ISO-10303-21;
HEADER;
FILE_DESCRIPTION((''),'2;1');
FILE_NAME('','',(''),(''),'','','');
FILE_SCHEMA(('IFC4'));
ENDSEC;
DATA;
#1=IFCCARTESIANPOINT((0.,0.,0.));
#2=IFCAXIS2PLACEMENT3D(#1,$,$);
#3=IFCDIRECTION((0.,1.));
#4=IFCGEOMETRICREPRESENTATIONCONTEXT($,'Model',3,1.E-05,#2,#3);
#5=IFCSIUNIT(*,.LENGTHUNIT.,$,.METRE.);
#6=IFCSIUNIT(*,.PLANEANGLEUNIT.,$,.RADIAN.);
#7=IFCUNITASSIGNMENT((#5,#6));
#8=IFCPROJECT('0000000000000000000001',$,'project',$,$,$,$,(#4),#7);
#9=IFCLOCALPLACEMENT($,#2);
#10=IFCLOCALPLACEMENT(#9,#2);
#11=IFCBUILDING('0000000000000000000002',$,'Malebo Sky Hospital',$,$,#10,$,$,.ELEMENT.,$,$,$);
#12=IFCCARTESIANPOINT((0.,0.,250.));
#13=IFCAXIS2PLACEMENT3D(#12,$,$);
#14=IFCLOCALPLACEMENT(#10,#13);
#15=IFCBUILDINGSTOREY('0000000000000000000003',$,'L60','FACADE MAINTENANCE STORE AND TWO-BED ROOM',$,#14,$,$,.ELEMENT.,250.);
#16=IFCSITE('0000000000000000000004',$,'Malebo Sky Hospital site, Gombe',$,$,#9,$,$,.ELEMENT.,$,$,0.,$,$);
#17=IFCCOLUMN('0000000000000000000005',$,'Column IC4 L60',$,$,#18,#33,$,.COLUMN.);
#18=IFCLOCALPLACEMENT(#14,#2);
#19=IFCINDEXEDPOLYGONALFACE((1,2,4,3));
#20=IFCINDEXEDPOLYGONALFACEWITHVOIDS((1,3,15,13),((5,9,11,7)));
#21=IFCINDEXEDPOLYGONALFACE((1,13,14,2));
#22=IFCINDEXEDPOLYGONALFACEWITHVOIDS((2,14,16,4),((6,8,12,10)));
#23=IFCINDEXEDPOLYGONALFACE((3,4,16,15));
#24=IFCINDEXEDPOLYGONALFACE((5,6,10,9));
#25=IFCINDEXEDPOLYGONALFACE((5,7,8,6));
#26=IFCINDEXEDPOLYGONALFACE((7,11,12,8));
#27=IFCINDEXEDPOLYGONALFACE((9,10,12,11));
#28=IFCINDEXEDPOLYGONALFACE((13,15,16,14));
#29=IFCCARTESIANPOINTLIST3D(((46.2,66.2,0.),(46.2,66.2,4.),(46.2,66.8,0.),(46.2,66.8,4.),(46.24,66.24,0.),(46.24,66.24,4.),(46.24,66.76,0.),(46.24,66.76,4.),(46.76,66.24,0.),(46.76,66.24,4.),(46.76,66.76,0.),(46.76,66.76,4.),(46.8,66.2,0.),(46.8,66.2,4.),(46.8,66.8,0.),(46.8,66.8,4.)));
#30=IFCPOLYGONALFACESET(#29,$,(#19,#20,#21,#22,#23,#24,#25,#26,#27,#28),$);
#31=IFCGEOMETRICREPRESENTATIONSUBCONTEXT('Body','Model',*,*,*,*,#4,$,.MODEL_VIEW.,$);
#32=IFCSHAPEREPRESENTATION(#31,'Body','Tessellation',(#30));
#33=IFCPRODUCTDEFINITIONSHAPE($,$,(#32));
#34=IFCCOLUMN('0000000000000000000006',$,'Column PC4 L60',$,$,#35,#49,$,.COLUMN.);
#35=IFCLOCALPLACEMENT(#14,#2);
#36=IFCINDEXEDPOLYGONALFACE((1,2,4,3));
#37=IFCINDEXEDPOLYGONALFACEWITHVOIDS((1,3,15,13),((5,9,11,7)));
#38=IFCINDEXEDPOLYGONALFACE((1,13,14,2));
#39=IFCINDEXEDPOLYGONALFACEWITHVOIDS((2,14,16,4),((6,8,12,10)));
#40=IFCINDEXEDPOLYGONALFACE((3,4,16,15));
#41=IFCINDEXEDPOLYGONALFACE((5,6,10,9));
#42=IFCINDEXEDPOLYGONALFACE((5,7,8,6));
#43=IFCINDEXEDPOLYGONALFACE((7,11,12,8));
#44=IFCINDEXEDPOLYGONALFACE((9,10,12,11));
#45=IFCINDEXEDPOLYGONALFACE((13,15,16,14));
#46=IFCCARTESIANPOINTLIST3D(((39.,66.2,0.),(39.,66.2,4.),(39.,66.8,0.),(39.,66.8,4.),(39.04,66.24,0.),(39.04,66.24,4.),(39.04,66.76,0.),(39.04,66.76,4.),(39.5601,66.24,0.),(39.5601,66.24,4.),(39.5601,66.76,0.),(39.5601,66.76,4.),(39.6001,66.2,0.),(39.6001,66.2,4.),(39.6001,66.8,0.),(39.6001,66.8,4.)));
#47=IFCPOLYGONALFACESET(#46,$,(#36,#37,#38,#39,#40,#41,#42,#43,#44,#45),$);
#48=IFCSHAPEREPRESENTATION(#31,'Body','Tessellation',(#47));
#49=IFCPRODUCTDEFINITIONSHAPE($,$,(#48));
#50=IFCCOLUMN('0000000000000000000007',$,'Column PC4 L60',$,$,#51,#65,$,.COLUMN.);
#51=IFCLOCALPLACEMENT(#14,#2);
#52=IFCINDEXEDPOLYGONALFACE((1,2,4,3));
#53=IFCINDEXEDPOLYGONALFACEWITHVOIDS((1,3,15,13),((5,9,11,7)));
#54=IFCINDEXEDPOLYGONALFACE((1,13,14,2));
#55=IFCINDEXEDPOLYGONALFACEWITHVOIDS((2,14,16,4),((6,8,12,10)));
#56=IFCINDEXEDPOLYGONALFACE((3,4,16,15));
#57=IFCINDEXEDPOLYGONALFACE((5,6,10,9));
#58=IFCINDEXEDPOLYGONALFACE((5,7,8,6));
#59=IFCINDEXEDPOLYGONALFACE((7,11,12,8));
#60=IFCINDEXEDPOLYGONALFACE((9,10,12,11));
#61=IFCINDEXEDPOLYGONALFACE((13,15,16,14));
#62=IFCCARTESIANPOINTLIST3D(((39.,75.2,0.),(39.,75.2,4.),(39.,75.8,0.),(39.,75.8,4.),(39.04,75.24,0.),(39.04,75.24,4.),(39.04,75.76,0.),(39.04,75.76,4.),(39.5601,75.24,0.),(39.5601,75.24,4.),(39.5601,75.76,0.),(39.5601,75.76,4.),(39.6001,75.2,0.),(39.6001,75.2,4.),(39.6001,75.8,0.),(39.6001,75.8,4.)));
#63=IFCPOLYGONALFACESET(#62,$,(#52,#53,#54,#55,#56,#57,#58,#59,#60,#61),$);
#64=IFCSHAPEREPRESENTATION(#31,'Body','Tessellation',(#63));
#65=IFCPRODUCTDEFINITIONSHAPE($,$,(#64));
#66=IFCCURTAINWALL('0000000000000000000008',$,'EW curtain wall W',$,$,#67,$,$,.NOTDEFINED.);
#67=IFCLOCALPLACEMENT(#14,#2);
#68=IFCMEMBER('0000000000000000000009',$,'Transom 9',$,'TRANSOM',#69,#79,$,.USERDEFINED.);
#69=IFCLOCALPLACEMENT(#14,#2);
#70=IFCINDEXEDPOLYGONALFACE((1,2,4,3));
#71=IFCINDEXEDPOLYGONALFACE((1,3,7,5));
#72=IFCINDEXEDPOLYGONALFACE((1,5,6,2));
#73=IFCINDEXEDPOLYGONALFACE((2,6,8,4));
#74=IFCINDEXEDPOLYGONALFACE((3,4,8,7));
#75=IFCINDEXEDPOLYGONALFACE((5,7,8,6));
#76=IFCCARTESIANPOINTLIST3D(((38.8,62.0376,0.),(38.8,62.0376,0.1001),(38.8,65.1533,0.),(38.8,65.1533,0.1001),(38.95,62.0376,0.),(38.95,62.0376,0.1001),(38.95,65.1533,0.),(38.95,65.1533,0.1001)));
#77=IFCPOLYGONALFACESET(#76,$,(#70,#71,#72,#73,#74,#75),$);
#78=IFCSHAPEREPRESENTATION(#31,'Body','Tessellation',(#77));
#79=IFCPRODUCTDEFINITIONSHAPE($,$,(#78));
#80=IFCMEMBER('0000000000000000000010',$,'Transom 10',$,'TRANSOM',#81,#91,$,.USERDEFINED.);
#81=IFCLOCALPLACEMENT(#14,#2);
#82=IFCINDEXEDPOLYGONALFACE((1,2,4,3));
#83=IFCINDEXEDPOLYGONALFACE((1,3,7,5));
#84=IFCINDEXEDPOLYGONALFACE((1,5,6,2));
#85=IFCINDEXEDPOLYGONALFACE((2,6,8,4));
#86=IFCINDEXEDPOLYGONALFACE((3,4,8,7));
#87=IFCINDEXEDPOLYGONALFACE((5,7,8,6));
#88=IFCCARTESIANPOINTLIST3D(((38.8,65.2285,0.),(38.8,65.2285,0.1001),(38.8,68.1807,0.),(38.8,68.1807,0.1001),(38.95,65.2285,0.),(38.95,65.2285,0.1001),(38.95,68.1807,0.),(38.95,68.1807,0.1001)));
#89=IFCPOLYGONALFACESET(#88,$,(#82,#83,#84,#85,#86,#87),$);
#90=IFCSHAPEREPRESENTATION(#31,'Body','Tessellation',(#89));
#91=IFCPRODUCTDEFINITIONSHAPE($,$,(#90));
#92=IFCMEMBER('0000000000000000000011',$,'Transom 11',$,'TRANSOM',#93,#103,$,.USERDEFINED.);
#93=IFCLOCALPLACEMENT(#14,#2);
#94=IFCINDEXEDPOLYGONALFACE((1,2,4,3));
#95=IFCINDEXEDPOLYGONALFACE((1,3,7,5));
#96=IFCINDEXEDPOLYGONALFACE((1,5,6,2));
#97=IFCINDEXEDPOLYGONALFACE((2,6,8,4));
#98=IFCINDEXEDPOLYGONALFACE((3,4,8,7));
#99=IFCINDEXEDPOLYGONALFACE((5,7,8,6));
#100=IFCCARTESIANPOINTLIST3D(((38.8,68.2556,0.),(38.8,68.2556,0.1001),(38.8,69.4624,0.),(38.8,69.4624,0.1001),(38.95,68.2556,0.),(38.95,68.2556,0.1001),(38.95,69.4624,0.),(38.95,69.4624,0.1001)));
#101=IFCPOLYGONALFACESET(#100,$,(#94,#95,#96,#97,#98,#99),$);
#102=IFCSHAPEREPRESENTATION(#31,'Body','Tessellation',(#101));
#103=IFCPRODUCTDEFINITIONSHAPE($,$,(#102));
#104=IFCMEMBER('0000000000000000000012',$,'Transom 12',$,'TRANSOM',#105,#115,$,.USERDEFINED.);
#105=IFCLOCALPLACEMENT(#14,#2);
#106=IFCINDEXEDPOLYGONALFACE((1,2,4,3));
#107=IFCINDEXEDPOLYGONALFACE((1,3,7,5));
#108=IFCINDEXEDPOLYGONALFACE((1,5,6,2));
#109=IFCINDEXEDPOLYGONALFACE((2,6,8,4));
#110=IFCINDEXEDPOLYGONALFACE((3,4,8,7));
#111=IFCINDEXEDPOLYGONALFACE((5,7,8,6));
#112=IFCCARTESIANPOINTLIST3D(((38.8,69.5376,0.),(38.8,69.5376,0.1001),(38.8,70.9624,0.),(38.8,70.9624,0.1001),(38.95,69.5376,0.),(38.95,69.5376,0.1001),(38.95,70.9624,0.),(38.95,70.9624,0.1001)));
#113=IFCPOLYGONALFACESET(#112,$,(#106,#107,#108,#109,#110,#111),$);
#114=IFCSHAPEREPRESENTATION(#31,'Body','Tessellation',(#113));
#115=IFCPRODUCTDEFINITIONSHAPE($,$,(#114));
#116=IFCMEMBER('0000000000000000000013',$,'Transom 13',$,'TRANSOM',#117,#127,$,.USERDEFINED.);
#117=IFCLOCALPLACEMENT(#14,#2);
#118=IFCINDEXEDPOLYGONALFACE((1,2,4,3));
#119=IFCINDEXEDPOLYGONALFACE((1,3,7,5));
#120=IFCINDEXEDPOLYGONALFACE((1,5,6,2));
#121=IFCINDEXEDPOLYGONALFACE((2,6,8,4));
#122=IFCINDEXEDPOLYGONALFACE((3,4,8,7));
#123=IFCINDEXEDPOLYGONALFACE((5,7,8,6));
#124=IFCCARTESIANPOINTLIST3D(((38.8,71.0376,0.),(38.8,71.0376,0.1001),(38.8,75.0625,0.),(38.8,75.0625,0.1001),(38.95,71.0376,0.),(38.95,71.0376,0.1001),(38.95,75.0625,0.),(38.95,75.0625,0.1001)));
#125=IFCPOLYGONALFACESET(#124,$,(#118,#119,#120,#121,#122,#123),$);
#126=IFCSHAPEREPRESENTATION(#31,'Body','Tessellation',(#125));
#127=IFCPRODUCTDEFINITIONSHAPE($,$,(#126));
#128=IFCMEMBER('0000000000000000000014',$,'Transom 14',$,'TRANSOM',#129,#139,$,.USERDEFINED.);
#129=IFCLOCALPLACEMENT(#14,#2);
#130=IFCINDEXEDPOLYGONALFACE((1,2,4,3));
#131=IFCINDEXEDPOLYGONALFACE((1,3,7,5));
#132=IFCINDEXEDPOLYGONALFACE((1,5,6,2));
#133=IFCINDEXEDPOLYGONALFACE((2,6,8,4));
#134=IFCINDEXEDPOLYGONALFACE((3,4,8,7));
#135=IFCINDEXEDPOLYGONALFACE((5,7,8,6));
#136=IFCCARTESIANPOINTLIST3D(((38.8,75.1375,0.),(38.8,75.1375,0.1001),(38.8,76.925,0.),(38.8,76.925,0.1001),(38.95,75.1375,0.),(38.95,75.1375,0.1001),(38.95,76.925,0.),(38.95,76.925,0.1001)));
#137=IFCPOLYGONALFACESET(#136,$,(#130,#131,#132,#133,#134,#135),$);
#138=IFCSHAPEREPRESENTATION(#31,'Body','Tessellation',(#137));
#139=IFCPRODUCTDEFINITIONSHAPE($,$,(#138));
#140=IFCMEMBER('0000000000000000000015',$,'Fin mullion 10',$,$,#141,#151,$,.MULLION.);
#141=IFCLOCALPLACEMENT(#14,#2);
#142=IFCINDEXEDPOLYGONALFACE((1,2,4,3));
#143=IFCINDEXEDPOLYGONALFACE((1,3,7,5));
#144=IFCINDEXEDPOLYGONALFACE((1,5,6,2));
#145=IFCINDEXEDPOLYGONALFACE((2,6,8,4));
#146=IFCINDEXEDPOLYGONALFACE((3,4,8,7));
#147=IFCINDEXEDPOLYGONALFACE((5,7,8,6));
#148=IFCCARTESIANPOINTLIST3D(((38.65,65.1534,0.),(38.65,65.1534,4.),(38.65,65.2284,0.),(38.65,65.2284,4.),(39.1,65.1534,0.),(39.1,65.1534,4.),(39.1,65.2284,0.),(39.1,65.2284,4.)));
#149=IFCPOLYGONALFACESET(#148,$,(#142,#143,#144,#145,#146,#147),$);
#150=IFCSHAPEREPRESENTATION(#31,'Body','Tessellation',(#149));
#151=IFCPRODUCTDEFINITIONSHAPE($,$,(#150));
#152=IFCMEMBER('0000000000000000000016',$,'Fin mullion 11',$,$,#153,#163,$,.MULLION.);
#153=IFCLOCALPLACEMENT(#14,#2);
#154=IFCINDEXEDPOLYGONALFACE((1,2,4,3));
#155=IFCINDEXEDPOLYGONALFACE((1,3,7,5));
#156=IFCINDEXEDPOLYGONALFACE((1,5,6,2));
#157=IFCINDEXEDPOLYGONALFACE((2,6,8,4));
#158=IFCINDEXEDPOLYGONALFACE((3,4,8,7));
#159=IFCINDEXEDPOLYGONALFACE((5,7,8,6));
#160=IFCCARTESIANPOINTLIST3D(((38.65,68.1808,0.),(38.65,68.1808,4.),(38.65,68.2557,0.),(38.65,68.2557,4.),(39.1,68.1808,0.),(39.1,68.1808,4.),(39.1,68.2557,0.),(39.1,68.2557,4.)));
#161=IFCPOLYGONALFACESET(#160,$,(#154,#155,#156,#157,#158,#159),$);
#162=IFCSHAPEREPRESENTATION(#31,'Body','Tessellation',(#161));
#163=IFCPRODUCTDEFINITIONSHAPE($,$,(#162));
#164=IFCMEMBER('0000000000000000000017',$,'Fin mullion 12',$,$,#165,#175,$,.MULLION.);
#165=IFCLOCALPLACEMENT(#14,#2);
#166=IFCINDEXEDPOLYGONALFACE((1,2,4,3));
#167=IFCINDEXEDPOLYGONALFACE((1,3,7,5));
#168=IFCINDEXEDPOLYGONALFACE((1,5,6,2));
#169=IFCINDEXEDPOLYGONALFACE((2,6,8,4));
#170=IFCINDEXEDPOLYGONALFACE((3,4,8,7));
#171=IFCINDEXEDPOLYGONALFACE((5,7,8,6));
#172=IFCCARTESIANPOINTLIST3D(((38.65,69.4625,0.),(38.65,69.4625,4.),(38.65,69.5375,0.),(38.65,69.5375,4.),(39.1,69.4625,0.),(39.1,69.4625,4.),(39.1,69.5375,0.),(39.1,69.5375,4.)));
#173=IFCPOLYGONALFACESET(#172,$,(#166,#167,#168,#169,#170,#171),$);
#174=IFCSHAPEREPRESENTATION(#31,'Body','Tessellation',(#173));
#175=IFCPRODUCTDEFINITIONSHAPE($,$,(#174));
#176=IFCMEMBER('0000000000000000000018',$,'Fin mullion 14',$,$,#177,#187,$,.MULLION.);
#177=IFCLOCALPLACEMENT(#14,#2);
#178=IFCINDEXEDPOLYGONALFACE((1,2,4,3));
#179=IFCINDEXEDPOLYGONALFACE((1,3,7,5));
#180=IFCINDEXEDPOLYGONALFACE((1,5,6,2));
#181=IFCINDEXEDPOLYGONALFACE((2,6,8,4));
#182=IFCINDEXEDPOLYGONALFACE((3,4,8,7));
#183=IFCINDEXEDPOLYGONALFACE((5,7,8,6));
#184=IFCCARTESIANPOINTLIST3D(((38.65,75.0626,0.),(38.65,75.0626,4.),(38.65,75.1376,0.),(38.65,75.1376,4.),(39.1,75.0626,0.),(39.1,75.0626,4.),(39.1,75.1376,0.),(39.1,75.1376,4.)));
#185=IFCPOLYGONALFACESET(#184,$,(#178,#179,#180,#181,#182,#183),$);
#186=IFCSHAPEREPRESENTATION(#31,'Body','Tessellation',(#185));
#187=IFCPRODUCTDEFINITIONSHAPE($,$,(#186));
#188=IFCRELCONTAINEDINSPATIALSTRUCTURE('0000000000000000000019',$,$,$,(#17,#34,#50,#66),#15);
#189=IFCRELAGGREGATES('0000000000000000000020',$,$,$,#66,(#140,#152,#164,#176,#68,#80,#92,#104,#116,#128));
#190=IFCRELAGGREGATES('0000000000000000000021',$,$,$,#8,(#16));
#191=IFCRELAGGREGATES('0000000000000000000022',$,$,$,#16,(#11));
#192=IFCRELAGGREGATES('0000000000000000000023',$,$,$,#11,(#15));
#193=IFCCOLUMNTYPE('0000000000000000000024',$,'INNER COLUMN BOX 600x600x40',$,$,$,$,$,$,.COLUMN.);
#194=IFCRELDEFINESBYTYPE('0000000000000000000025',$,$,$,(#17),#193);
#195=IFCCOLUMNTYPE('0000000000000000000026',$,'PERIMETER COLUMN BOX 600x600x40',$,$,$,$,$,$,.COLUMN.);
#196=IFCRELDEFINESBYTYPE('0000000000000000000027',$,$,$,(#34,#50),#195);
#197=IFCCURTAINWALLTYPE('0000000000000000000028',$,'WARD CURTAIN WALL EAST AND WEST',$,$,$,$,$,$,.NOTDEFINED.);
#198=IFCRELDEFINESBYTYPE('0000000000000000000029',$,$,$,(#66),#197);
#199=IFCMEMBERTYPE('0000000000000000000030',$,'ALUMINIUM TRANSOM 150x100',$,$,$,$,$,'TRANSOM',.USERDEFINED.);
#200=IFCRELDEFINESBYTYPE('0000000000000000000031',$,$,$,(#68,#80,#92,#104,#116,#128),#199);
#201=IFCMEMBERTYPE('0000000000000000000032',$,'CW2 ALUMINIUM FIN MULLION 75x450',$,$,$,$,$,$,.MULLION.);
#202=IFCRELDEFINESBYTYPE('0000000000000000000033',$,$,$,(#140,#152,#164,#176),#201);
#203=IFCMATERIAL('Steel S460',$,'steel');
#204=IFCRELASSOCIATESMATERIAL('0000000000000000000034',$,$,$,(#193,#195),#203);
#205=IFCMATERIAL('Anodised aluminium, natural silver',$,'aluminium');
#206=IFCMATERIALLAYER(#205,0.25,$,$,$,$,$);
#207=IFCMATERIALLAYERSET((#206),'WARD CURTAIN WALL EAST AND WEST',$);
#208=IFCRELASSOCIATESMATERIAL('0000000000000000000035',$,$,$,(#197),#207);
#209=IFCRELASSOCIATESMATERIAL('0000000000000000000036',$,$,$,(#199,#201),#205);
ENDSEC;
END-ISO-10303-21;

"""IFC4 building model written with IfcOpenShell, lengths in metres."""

from ifc_helpers import new_model, si_unit, direction, frame, origin, origin_2d, place, context, subcontext, project, spatial, rectangle, hollow_rectangle, extrude, material, layer, layer_set, material_profile, profile_set, type_object, element, aggregate, save


model = new_model("IFC4")

# Units and contexts
model_context = context("Model", 3, precision=1e-05, world=origin(), true_north=direction((0.0, 1.0)))
body_context = subcontext(model_context, "Body", "Model", "MODEL_VIEW")
ifc_project = project(units=[si_unit("LENGTHUNIT", "METRE"), si_unit("PLANEANGLEUNIT", "RADIAN")], contexts=[model_context])

# Site, building, storey
site_placement = place(None, origin())
site = spatial("IfcSite", under=ifc_project, at=site_placement, Name="Malebo Sky Hospital site, Gombe", CompositionType="ELEMENT", RefElevation=0.0)
building_placement = place(site_placement, origin())
building = spatial("IfcBuilding", under=site, at=building_placement, Name="Malebo Sky Hospital", CompositionType="ELEMENT")
storey_placement = place(building_placement, frame((0.0, 0.0, 250.0)))
storey = spatial("IfcBuildingStorey", under=building, at=storey_placement, Name="L60", Description="FACADE MAINTENANCE STORE AND TWO-BED ROOM", CompositionType="ELEMENT", Elevation=250.0)

# Columns
ifc_material_1 = material(Name="Steel S460", Category="steel")
ifc_material_profile_1 = material_profile(ifc_material_1, hollow_rectangle(XDim=0.6001, YDim=0.6001, WallThickness=0.04, at=origin_2d()), Name="BOX 600x600x40")
ifc_profile_set_1 = profile_set([ifc_material_profile_1], Name="Steel S460")
column_type_1 = type_object("IfcColumnType", Name="INNER COLUMN BOX 600x600x40", PredefinedType="COLUMN", material=ifc_profile_set_1)
column_placement = place(storey_placement, frame((46.5, 66.5, 0.0), z_axis=(0.0, 0.0, 1.0), x_axis=(1.0, 0.0, 0.0)))
element("IfcColumn", 1, at=column_placement, inside=storey, type_object=column_type_1, Name="Column IC4 L60", PredefinedType="COLUMN", context=body_context, shape_type="SweptSolid", body=[
    extrude(hollow_rectangle(XDim=0.6001, YDim=0.6001, WallThickness=0.04, at=origin_2d()), origin(), (0.0, 0.0, 1.0), 4.0),
])
ifc_material_profile_2 = material_profile(ifc_material_1, hollow_rectangle(XDim=0.6001, YDim=0.6001, WallThickness=0.04, at=origin_2d()), Name="BOX 600x600x40")
ifc_profile_set_2 = profile_set([ifc_material_profile_2], Name="Steel S460")
column_type_2 = type_object("IfcColumnType", Name="PERIMETER COLUMN BOX 600x600x40", PredefinedType="COLUMN", material=ifc_profile_set_2)
for number, where, z_axis, x_axis, name in (
    (2, (39.3, 66.5, 0.0), (0.0, 0.0, 1.0), (1.0, 0.0, 0.0), "Column PC4 L60"),
    (3, (39.3, 75.5, 0.0), (0.0, 0.0, 1.0), (1.0, 0.0, 0.0), "Column PC4 L60"),
):
    element("IfcColumn", number, at=place(storey_placement, frame(where, z_axis=z_axis, x_axis=x_axis)), inside=storey, type_object=column_type_2, Name=name, PredefinedType="COLUMN", context=body_context, shape_type="SweptSolid", body=[
        extrude(hollow_rectangle(XDim=0.6001, YDim=0.6001, WallThickness=0.04, at=origin_2d()), origin(), (0.0, 0.0, 1.0), 4.0),
    ])

# Curtain wall, members
ifc_material_2 = material(Name="Anodised aluminium, natural silver", Category="aluminium")
ifc_layer_1 = layer(ifc_material_2, 0.25)
ifc_layer_set_1 = layer_set([ifc_layer_1], Name="WARD CURTAIN WALL EAST AND WEST")
curtain_wall_type = type_object("IfcCurtainWallType", Name="WARD CURTAIN WALL EAST AND WEST", PredefinedType="NOTDEFINED", material=ifc_layer_set_1)
curtain_wall_placement = place(storey_placement, origin())
curtain_wall = element("IfcCurtainWall", 4, at=curtain_wall_placement, inside=storey, type_object=curtain_wall_type, Name="EW curtain wall W", PredefinedType="NOTDEFINED")
ifc_material_profile_3 = material_profile(ifc_material_2, rectangle(XDim=0.1499, YDim=0.1001, at=origin_2d()), Name="ALUMINIUM TRANSOM 150x100")
ifc_profile_set_3 = profile_set([ifc_material_profile_3], Name="Anodised aluminium, natural silver")
member_type_1 = type_object("IfcMemberType", Name="ALUMINIUM TRANSOM 150x100", ElementType="TRANSOM", PredefinedType="USERDEFINED", material=ifc_profile_set_3)
member_1_placement = place(storey_placement, frame((38.875, 62.0376, 0.05), z_axis=(0.0, 1.0, 0.0), x_axis=(-1.0, 0.0, 0.0)))
member_1 = element("IfcMember", 5, at=member_1_placement, type_object=member_type_1, Name="Transom 9", ObjectType="TRANSOM", PredefinedType="USERDEFINED", context=body_context, shape_type="SweptSolid", body=[
    extrude(rectangle(XDim=0.1499, YDim=0.1001, at=origin_2d()), origin(), (0.0, 0.0, 1.0), 3.1157),
])
member_2_placement = place(storey_placement, frame((38.875, 65.2285, 0.05), z_axis=(0.0, 1.0, 0.0), x_axis=(-1.0, 0.0, 0.0)))
member_2 = element("IfcMember", 6, at=member_2_placement, type_object=member_type_1, Name="Transom 10", ObjectType="TRANSOM", PredefinedType="USERDEFINED", context=body_context, shape_type="SweptSolid", body=[
    extrude(rectangle(XDim=0.1499, YDim=0.1001, at=origin_2d()), origin(), (0.0, 0.0, 1.0), 2.9521),
])
member_3_placement = place(storey_placement, frame((38.875, 68.2556, 0.05), z_axis=(0.0, 1.0, 0.0), x_axis=(-1.0, 0.0, 0.0)))
member_3 = element("IfcMember", 7, at=member_3_placement, type_object=member_type_1, Name="Transom 11", ObjectType="TRANSOM", PredefinedType="USERDEFINED", context=body_context, shape_type="SweptSolid", body=[
    extrude(rectangle(XDim=0.1499, YDim=0.1001, at=origin_2d()), origin(), (0.0, 0.0, 1.0), 1.2068),
])
member_4_placement = place(storey_placement, frame((38.875, 69.5376, 0.05), z_axis=(0.0, 1.0, 0.0), x_axis=(-1.0, 0.0, 0.0)))
member_4 = element("IfcMember", 8, at=member_4_placement, type_object=member_type_1, Name="Transom 12", ObjectType="TRANSOM", PredefinedType="USERDEFINED", context=body_context, shape_type="SweptSolid", body=[
    extrude(rectangle(XDim=0.1499, YDim=0.1001, at=origin_2d()), origin(), (0.0, 0.0, 1.0), 1.4248),
])
member_5_placement = place(storey_placement, frame((38.875, 71.0376, 0.05), z_axis=(0.0, 1.0, 0.0), x_axis=(-1.0, 0.0, 0.0)))
member_5 = element("IfcMember", 9, at=member_5_placement, type_object=member_type_1, Name="Transom 13", ObjectType="TRANSOM", PredefinedType="USERDEFINED", context=body_context, shape_type="SweptSolid", body=[
    extrude(rectangle(XDim=0.1499, YDim=0.1001, at=origin_2d()), origin(), (0.0, 0.0, 1.0), 4.0249),
])
member_6_placement = place(storey_placement, frame((38.875, 75.1375, 0.05), z_axis=(0.0, 1.0, 0.0), x_axis=(-1.0, 0.0, 0.0)))
member_6 = element("IfcMember", 10, at=member_6_placement, type_object=member_type_1, Name="Transom 14", ObjectType="TRANSOM", PredefinedType="USERDEFINED", context=body_context, shape_type="SweptSolid", body=[
    extrude(rectangle(XDim=0.1499, YDim=0.1001, at=origin_2d()), origin(), (0.0, 0.0, 1.0), 1.7876),
])
ifc_material_profile_4 = material_profile(ifc_material_2, rectangle(XDim=0.075, YDim=0.45, at=origin_2d()), Name="CW2 ALUMINIUM FIN MULLION 75x450")
ifc_profile_set_4 = profile_set([ifc_material_profile_4], Name="Anodised aluminium, natural silver")
member_type_2 = type_object("IfcMemberType", Name="CW2 ALUMINIUM FIN MULLION 75x450", PredefinedType="MULLION", material=ifc_profile_set_4)
member_7_placement = place(storey_placement, frame((38.875, 65.1909, 0.0), z_axis=(0.0, 0.0, 1.0), x_axis=(0.0, 1.0, 0.0)))
member_7 = element("IfcMember", 11, at=member_7_placement, type_object=member_type_2, Name="Fin mullion 10", PredefinedType="MULLION", context=body_context, shape_type="SweptSolid", body=[
    extrude(rectangle(XDim=0.075, YDim=0.45, at=origin_2d()), origin(), (0.0, 0.0, 1.0), 4.0),
])
member_8_placement = place(storey_placement, frame((38.875, 68.2183, 0.0), z_axis=(0.0, 0.0, 1.0), x_axis=(0.0, 1.0, 0.0)))
member_8 = element("IfcMember", 12, at=member_8_placement, type_object=member_type_2, Name="Fin mullion 11", PredefinedType="MULLION", context=body_context, shape_type="SweptSolid", body=[
    extrude(rectangle(XDim=0.075, YDim=0.45, at=origin_2d()), origin(), (0.0, 0.0, 1.0), 4.0),
])
member_9_placement = place(storey_placement, frame((38.875, 69.5, 0.0), z_axis=(0.0, 0.0, 1.0), x_axis=(0.0, 1.0, 0.0)))
member_9 = element("IfcMember", 13, at=member_9_placement, type_object=member_type_2, Name="Fin mullion 12", PredefinedType="MULLION", context=body_context, shape_type="SweptSolid", body=[
    extrude(rectangle(XDim=0.075, YDim=0.45, at=origin_2d()), origin(), (0.0, 0.0, 1.0), 4.0),
])
member_10_placement = place(storey_placement, frame((38.875, 75.1001, 0.0), z_axis=(0.0, 0.0, 1.0), x_axis=(0.0, 1.0, 0.0)))
member_10 = element("IfcMember", 14, at=member_10_placement, type_object=member_type_2, Name="Fin mullion 14", PredefinedType="MULLION", context=body_context, shape_type="SweptSolid", body=[
    extrude(rectangle(XDim=0.075, YDim=0.45, at=origin_2d()), origin(), (0.0, 0.0, 1.0), 4.0),
])

aggregate(curtain_wall, [member_7, member_8, member_9, member_10, member_1, member_2, member_3, member_4, member_5, member_6])

save(model, "model.ifc")
